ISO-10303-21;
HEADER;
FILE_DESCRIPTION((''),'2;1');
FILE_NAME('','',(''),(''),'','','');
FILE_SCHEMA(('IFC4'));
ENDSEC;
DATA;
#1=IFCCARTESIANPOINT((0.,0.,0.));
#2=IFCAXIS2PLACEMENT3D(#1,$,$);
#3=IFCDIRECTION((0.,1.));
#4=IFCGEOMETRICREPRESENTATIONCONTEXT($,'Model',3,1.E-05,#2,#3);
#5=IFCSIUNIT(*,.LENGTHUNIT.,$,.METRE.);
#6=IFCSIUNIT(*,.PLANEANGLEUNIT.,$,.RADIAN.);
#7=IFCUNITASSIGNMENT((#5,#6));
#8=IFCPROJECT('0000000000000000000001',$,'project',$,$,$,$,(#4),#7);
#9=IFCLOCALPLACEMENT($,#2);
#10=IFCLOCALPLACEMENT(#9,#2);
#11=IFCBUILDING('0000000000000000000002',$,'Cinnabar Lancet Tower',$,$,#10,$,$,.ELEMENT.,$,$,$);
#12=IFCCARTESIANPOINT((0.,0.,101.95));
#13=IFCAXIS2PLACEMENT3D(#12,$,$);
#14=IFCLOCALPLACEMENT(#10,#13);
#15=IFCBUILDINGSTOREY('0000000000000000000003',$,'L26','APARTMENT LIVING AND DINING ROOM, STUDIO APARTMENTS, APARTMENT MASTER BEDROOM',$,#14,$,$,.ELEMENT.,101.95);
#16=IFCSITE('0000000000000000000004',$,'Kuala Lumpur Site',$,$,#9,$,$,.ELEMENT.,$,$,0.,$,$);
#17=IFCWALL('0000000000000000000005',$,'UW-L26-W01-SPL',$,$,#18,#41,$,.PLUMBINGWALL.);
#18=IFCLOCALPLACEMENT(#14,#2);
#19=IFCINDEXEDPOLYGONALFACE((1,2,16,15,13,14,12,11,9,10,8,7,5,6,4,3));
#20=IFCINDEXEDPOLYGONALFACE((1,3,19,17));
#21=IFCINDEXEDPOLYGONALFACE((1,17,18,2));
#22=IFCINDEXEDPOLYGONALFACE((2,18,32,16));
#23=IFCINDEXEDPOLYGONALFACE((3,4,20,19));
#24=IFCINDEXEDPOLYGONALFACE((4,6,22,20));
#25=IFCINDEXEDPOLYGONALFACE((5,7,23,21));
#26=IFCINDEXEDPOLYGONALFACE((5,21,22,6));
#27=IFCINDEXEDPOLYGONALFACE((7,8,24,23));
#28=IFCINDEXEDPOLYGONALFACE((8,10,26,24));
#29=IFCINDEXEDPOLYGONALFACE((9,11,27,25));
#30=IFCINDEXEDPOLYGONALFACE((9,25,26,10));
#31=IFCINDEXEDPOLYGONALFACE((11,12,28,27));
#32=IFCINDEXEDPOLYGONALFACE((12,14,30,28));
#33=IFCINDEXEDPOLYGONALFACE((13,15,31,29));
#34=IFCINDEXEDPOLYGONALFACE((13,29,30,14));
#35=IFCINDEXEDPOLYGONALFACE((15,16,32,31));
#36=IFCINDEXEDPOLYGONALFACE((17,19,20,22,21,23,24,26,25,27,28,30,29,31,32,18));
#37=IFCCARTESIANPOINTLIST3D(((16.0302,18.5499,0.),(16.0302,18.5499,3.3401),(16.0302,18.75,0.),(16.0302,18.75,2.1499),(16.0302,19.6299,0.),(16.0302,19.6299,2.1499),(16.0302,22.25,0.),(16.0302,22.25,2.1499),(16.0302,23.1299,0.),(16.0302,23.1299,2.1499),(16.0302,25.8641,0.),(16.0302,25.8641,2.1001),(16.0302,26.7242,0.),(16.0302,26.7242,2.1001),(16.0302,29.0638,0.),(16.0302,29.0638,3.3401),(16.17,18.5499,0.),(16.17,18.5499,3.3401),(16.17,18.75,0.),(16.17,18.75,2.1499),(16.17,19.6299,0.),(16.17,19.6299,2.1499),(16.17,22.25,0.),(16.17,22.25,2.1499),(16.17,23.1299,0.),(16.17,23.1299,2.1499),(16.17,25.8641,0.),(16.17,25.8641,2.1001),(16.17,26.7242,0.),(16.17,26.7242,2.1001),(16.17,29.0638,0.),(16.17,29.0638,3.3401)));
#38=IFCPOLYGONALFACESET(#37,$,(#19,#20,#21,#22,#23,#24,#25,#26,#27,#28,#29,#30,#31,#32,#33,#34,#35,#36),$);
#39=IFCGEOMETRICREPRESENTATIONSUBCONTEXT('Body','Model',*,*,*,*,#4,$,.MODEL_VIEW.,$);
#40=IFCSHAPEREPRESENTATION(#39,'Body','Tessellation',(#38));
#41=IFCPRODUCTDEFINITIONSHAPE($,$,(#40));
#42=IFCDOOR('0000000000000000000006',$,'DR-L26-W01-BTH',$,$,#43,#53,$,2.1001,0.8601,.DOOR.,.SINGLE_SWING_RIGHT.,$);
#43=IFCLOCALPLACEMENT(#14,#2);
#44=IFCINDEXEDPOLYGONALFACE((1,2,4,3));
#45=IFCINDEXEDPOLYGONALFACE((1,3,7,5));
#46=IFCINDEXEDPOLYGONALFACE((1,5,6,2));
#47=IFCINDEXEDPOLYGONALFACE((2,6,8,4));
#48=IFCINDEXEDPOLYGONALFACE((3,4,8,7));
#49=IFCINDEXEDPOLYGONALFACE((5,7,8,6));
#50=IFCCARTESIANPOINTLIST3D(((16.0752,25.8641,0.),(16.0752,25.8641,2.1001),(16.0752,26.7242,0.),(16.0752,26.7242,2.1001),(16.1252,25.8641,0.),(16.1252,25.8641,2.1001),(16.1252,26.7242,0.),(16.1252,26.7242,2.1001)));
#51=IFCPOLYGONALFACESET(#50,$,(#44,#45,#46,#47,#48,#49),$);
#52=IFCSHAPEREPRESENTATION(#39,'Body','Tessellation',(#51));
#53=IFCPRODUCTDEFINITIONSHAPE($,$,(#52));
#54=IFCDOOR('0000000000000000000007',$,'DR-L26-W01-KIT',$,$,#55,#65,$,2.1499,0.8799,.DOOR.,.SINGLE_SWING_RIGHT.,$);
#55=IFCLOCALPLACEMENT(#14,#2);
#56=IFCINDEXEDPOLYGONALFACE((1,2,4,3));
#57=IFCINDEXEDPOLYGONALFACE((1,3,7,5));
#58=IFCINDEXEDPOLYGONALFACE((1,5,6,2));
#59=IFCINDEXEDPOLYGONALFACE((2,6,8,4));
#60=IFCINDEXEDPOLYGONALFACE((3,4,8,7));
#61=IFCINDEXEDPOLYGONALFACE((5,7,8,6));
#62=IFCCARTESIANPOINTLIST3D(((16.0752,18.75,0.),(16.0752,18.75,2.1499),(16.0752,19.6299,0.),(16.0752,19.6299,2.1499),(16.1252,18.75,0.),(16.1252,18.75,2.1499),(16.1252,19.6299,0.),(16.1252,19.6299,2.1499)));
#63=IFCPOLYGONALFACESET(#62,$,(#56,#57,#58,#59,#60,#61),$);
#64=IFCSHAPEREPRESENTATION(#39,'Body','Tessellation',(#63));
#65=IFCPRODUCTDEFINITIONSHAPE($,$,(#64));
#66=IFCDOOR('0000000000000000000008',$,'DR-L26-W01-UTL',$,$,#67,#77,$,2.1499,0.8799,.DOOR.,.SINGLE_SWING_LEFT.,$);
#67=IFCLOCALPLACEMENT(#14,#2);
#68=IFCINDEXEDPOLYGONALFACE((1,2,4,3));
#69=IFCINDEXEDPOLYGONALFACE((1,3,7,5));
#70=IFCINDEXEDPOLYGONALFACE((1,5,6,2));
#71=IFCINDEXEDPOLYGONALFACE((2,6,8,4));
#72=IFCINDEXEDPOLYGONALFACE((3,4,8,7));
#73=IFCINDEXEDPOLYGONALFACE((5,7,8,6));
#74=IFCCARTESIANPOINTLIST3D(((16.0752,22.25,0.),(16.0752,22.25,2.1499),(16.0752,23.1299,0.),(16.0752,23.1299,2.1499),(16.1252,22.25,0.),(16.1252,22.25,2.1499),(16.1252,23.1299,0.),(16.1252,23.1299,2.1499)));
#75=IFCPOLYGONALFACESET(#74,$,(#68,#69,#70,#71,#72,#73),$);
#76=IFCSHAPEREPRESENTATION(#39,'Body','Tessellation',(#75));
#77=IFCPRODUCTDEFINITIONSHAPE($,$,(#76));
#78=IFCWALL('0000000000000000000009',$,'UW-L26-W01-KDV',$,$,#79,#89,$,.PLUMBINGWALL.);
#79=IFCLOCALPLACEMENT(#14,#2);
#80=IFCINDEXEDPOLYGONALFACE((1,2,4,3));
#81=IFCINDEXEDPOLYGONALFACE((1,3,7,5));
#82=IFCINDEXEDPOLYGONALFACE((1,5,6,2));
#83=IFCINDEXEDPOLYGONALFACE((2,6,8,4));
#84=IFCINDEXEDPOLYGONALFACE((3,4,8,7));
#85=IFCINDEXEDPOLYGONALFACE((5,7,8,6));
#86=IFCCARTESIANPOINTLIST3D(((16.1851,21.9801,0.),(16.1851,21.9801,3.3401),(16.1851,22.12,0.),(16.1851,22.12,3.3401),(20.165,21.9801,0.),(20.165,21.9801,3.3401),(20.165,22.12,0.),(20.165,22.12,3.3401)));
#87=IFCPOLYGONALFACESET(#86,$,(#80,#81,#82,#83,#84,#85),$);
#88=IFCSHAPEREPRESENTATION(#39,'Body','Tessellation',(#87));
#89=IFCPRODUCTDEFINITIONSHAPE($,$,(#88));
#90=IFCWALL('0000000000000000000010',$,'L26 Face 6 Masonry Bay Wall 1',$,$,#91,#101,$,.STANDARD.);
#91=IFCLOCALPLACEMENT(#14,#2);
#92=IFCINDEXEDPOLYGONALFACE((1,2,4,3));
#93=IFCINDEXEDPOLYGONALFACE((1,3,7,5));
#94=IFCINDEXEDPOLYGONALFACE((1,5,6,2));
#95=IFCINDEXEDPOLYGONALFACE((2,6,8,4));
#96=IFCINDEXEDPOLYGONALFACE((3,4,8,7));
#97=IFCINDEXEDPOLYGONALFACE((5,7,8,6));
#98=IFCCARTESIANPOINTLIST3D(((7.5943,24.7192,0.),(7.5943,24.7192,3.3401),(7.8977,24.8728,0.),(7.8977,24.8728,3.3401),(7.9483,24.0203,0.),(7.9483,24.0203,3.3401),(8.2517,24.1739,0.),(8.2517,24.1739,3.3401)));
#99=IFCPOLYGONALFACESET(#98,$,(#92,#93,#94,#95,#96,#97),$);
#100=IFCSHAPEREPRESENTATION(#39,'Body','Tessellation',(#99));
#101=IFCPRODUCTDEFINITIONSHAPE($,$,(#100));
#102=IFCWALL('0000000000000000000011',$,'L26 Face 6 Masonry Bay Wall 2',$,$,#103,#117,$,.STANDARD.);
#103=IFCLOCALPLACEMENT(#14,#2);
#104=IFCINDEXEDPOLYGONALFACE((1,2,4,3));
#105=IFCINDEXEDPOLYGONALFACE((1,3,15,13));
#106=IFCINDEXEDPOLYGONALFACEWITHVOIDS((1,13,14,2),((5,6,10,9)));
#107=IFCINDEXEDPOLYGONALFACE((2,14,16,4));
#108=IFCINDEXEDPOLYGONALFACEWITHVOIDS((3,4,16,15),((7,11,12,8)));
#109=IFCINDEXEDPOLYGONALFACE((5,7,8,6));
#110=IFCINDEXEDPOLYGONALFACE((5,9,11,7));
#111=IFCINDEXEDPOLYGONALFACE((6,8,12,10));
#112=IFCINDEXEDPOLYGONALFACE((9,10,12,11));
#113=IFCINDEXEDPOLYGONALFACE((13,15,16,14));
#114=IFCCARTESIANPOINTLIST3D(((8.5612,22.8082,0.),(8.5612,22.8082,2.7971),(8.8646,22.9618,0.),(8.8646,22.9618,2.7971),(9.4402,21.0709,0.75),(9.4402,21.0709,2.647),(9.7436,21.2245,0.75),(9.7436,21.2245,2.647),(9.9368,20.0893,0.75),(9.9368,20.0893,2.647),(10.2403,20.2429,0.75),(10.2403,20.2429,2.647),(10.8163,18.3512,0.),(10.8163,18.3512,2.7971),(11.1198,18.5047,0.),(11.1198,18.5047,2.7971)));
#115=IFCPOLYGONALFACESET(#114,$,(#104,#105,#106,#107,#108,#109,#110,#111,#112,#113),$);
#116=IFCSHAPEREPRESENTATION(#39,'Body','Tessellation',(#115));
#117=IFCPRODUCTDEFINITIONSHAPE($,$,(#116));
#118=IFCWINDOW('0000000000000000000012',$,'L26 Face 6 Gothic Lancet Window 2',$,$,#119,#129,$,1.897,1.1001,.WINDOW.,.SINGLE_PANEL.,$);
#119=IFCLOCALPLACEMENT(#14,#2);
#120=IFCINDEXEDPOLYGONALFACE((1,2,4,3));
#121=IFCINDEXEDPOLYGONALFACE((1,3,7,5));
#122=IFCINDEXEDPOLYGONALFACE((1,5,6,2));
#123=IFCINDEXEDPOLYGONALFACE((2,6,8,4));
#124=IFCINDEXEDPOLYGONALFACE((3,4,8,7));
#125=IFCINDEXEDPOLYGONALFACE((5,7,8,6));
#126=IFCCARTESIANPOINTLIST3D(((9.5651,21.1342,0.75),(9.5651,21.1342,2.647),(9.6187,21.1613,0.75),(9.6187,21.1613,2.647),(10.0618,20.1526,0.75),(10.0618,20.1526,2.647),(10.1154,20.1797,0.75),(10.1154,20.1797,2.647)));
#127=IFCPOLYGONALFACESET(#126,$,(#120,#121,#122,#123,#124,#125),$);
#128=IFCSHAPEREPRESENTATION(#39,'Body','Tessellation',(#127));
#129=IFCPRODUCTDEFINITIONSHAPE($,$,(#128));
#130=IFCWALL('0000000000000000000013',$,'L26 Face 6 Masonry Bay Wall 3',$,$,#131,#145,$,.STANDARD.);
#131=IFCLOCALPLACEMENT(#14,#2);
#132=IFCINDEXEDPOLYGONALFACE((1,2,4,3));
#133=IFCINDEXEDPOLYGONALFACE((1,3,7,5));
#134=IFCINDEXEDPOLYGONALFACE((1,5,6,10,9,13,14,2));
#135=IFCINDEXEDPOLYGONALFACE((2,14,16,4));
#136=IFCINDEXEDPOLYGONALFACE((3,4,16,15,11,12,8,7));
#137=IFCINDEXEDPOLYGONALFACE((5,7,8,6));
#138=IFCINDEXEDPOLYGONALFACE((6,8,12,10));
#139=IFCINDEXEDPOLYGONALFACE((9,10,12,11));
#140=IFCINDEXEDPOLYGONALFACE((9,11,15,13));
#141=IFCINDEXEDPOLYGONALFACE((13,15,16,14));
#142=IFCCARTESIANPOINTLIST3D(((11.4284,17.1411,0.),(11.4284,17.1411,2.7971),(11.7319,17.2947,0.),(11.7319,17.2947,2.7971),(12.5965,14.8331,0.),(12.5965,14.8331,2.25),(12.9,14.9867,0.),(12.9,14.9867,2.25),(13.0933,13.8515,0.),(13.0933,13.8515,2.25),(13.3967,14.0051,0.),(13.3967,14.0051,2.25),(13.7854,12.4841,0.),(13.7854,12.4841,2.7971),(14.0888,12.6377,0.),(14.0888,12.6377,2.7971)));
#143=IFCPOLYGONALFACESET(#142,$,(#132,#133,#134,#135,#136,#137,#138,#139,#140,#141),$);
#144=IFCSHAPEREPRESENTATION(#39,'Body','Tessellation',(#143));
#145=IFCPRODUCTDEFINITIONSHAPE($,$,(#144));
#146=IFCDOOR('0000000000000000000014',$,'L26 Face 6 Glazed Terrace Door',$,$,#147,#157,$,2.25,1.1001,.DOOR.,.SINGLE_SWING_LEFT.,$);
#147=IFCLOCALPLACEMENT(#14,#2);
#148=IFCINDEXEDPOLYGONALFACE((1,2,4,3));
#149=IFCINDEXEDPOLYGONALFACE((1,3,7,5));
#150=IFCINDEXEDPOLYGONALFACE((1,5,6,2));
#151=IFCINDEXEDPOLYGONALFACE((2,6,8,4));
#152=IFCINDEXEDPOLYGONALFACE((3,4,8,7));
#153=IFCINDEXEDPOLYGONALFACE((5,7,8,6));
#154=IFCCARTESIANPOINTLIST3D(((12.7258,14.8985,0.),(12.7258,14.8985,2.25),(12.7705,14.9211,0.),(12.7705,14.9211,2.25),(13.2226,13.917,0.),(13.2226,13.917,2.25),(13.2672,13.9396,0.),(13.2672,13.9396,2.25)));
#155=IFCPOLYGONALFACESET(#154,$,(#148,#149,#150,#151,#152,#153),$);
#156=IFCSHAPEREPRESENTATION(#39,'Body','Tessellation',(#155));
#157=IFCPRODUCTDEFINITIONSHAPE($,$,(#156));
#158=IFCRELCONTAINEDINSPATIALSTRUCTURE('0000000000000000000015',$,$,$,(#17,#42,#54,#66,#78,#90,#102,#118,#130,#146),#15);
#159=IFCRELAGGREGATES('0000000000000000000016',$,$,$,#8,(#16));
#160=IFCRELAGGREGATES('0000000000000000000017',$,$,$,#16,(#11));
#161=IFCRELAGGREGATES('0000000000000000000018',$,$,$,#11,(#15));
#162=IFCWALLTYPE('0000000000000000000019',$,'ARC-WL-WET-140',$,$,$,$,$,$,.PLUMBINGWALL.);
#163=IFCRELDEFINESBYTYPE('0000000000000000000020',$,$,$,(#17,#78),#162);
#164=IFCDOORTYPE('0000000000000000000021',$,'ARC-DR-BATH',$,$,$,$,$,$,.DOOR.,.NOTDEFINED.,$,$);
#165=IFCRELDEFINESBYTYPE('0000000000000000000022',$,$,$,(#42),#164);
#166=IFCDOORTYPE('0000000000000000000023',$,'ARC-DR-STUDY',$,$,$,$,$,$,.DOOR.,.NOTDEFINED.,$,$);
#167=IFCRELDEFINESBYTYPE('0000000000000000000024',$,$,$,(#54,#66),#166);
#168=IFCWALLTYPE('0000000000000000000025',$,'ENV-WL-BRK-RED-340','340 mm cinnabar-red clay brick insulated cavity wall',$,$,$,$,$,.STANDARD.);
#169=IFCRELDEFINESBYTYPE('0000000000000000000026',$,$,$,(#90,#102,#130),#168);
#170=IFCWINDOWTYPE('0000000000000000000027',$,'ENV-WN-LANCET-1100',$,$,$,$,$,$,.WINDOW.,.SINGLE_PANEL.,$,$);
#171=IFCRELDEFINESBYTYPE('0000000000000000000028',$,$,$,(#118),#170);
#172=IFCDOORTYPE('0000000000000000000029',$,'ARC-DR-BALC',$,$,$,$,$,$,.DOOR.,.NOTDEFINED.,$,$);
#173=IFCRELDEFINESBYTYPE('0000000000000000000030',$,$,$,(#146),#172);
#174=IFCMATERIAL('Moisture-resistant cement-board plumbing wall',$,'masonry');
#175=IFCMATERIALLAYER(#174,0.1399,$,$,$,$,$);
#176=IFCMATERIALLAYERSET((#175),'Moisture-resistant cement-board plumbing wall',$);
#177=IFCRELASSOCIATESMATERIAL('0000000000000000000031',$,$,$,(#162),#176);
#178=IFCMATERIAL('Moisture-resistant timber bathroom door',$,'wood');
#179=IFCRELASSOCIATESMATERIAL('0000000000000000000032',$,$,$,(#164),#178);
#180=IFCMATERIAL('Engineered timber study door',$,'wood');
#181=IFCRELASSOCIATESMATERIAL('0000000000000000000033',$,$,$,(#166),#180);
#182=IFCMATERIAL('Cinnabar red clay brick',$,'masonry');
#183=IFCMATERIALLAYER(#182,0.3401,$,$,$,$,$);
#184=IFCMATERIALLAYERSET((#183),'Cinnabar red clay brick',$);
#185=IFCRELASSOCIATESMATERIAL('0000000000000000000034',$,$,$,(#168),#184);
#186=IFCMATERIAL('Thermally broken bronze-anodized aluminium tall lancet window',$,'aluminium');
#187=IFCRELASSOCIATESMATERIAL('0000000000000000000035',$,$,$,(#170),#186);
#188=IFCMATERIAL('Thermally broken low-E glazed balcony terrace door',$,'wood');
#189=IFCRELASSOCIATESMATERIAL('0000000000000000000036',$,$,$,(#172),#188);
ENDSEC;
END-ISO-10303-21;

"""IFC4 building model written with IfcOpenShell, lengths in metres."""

from ifc_helpers import new_model, si_unit, direction, frame, frame_2d, origin, place, context, subcontext, project, spatial, rectangle, extrude, material, layer, layer_set, type_object, element, fill, save


model = new_model("IFC4")

# Units and contexts
model_context = context("Model", 3, precision=1e-05, world=origin(), true_north=direction((0.0, 1.0)))
body_context = subcontext(model_context, "Body", "Model", "MODEL_VIEW")
ifc_project = project(units=[si_unit("LENGTHUNIT", "METRE"), si_unit("PLANEANGLEUNIT", "RADIAN")], contexts=[model_context])

# Site, building, storey
site_placement = place(None, origin())
site = spatial("IfcSite", under=ifc_project, at=site_placement, Name="Kuala Lumpur Site", CompositionType="ELEMENT", RefElevation=0.0)
building_placement = place(site_placement, origin())
building = spatial("IfcBuilding", under=site, at=building_placement, Name="Cinnabar Lancet Tower", CompositionType="ELEMENT")
storey_placement = place(building_placement, frame((0.0, 0.0, 101.95)))
storey = spatial("IfcBuildingStorey", under=building, at=storey_placement, Name="L26", Description="APARTMENT LIVING AND DINING ROOM, STUDIO APARTMENTS, APARTMENT MASTER BEDROOM", CompositionType="ELEMENT", Elevation=101.95)

# Wall, openings, doors
ifc_material_1 = material(Name="Moisture-resistant cement-board plumbing wall", Category="masonry")
ifc_layer_1 = layer(ifc_material_1, 0.1399)
ifc_layer_set_1 = layer_set([ifc_layer_1], Name="Moisture-resistant cement-board plumbing wall")
wall_type_1 = type_object("IfcWallType", Name="ARC-WL-WET-140", PredefinedType="PLUMBINGWALL", material=ifc_layer_set_1)
wall_1_placement = place(storey_placement, frame((16.1001, 18.55, 0.0), z_axis=(0.0, 0.0, 1.0), x_axis=(0.0, 1.0, 0.0)))
wall_1 = element("IfcWall", 1, at=wall_1_placement, inside=storey, type_object=wall_type_1, Name="UW-L26-W01-SPL", PredefinedType="PLUMBINGWALL", context=body_context, shape_type="SweptSolid", body=[
    extrude(rectangle(XDim=10.5139, YDim=0.1399, at=frame_2d((5.2568, 0.0))), origin(), (0.0, 0.0, 1.0), 3.3401),
])
opening_1_placement = place(wall_1_placement, frame((0.2, 0.0, 0.0)))
opening_1 = element("IfcOpeningElement", 2, at=opening_1_placement, cuts=wall_1, PredefinedType="OPENING", context=body_context, shape_type="SweptSolid", body=[
    extrude(rectangle(XDim=0.8799, YDim=2.1499, at=frame_2d((0.4399, 1.075))), frame((0.0, 0.0798, 0.0), z_axis=(0.0, -1.0, 0.0), x_axis=(1.0, 0.0, 0.0)), (0.0, 0.0, 1.0), 0.1599),
])
opening_2_placement = place(wall_1_placement, frame((3.7, 0.0, 0.0)))
opening_2 = element("IfcOpeningElement", 3, at=opening_2_placement, cuts=wall_1, PredefinedType="OPENING", context=body_context, shape_type="SweptSolid", body=[
    extrude(rectangle(XDim=0.8799, YDim=2.1499, at=frame_2d((0.4399, 1.075))), frame((0.0, 0.0798, 0.0), z_axis=(0.0, -1.0, 0.0), x_axis=(1.0, 0.0, 0.0)), (0.0, 0.0, 1.0), 0.1599),
])
opening_3_placement = place(wall_1_placement, frame((7.314, 0.0, 0.0)))
opening_3 = element("IfcOpeningElement", 4, at=opening_3_placement, cuts=wall_1, PredefinedType="OPENING", context=body_context, shape_type="SweptSolid", body=[
    extrude(rectangle(XDim=0.8601, YDim=2.1001, at=frame_2d((0.4302, 1.05))), frame((0.0, 0.0798, 0.0), z_axis=(0.0, -1.0, 0.0), x_axis=(1.0, 0.0, 0.0)), (0.0, 0.0, 1.0), 0.1599),
])
ifc_material_2 = material(Name="Moisture-resistant timber bathroom door", Category="wood")
door_type_1 = type_object("IfcDoorType", Name="ARC-DR-BATH", OperationType="NOTDEFINED", PredefinedType="DOOR", material=ifc_material_2)
door_1_placement = place(opening_3_placement, origin())
door_1 = element("IfcDoor", 5, at=door_1_placement, inside=storey, type_object=door_type_1, Name="DR-L26-W01-BTH", OperationType="SINGLE_SWING_RIGHT", OverallHeight=2.1001, OverallWidth=0.8601, PredefinedType="DOOR", context=body_context, shape_type="SweptSolid", body=[
    extrude(rectangle(XDim=0.8601, YDim=2.1001, at=frame_2d((0.4302, 1.05))), frame((0.0, 0.0249, 0.0), z_axis=(0.0, -1.0, 0.0), x_axis=(1.0, 0.0, 0.0)), (0.0, 0.0, 1.0), 0.05),
])
fill(opening_3, door_1)
ifc_material_3 = material(Name="Engineered timber study door", Category="wood")
door_type_2 = type_object("IfcDoorType", Name="ARC-DR-STUDY", OperationType="NOTDEFINED", PredefinedType="DOOR", material=ifc_material_3)
door_2_placement = place(opening_1_placement, origin())
door_2 = element("IfcDoor", 6, at=door_2_placement, inside=storey, type_object=door_type_2, Name="DR-L26-W01-KIT", OperationType="SINGLE_SWING_RIGHT", OverallHeight=2.1499, OverallWidth=0.8799, PredefinedType="DOOR", context=body_context, shape_type="SweptSolid", body=[
    extrude(rectangle(XDim=0.8799, YDim=2.1499, at=frame_2d((0.4399, 1.075))), frame((0.0, 0.0249, 0.0), z_axis=(0.0, -1.0, 0.0), x_axis=(1.0, 0.0, 0.0)), (0.0, 0.0, 1.0), 0.05),
])
fill(opening_1, door_2)
door_3_placement = place(opening_2_placement, origin())
door_3 = element("IfcDoor", 7, at=door_3_placement, inside=storey, type_object=door_type_2, Name="DR-L26-W01-UTL", OperationType="SINGLE_SWING_LEFT", OverallHeight=2.1499, OverallWidth=0.8799, PredefinedType="DOOR", context=body_context, shape_type="SweptSolid", body=[
    extrude(rectangle(XDim=0.8799, YDim=2.1499, at=frame_2d((0.4399, 1.075))), frame((0.0, 0.0249, 0.0), z_axis=(0.0, -1.0, 0.0), x_axis=(1.0, 0.0, 0.0)), (0.0, 0.0, 1.0), 0.05),
])
fill(opening_2, door_3)

# Walls
wall_2_placement = place(storey_placement, frame((16.1851, 22.05, 0.0), z_axis=(0.0, 0.0, 1.0), x_axis=(1.0, 0.0, 0.0)))
element("IfcWall", 8, at=wall_2_placement, inside=storey, type_object=wall_type_1, Name="UW-L26-W01-KDV", PredefinedType="PLUMBINGWALL", context=body_context, shape_type="SweptSolid", body=[
    extrude(rectangle(XDim=3.98, YDim=0.1399, at=frame_2d((1.99, 0.0))), origin(), (0.0, 0.0, 1.0), 3.3401),
])
ifc_material_4 = material(Name="Cinnabar red clay brick", Category="masonry")
ifc_layer_2 = layer(ifc_material_4, 0.3401)
ifc_layer_set_2 = layer_set([ifc_layer_2], Name="Cinnabar red clay brick")
wall_type_2 = type_object("IfcWallType", Name="ENV-WL-BRK-RED-340", Description="340 mm cinnabar-red clay brick insulated cavity wall", PredefinedType="STANDARD", material=ifc_layer_set_2)
wall_3_placement = place(storey_placement, frame((7.7461, 24.7959, 0.0), z_axis=(0.0, 0.0, 1.0), x_axis=(0.451819, -0.892109, 0.0)))
element("IfcWall", 9, at=wall_3_placement, inside=storey, type_object=wall_type_2, Name="L26 Face 6 Masonry Bay Wall 1", PredefinedType="STANDARD", context=body_context, shape_type="SweptSolid", body=[
    extrude(rectangle(XDim=0.7834, YDim=0.3401, at=frame_2d((0.3916, 0.0))), origin(), (0.0, 0.0, 1.0), 3.3401),
])

# Wall, opening, window
wall_4_placement = place(storey_placement, frame((8.7129, 22.885, 0.0), z_axis=(0.0, 0.0, 1.0), x_axis=(0.451471, -0.892286, 0.0)))
wall_4 = element("IfcWall", 10, at=wall_4_placement, inside=storey, type_object=wall_type_2, Name="L26 Face 6 Masonry Bay Wall 2", PredefinedType="STANDARD", context=body_context, shape_type="SweptSolid", body=[
    extrude(rectangle(XDim=4.9951, YDim=0.3401, at=frame_2d((2.4976, 0.0))), origin(), (0.0, 0.0, 1.0), 2.7971),
])
opening_4_placement = place(wall_4_placement, frame((1.947, 0.0, 0.75)))
opening_4 = element("IfcOpeningElement", 11, at=opening_4_placement, cuts=wall_4, PredefinedType="OPENING", context=body_context, shape_type="SweptSolid", body=[
    extrude(rectangle(XDim=1.1001, YDim=1.897, at=frame_2d((0.55, 0.9485))), frame((0.0, 0.1799, 0.0), z_axis=(0.0, -1.0, 0.0), x_axis=(1.0, 0.0, 0.0)), (0.0, 0.0, 1.0), 0.3601),
])
ifc_material_5 = material(Name="Thermally broken bronze-anodized aluminium tall lancet window", Category="aluminium")
window_type = type_object("IfcWindowType", Name="ENV-WN-LANCET-1100", PartitioningType="SINGLE_PANEL", PredefinedType="WINDOW", material=ifc_material_5)
window_placement = place(opening_4_placement, origin())
window = element("IfcWindow", 12, at=window_placement, inside=storey, type_object=window_type, Name="L26 Face 6 Gothic Lancet Window 2", OverallHeight=1.897, OverallWidth=1.1001, PartitioningType="SINGLE_PANEL", PredefinedType="WINDOW", context=body_context, shape_type="SweptSolid", body=[
    extrude(rectangle(XDim=1.1001, YDim=1.897, at=frame_2d((0.55, 0.9485))), frame((0.0, 0.03, 0.0), z_axis=(0.0, -1.0, 0.0), x_axis=(1.0, 0.0, 0.0)), (0.0, 0.0, 1.0), 0.0601),
])
fill(opening_4, window)

# Wall, opening, door
wall_5_placement = place(storey_placement, frame((11.5801, 17.218, 0.0), z_axis=(0.0, 0.0, 1.0), x_axis=(0.451568, -0.892237, 0.0)))
wall_5 = element("IfcWall", 13, at=wall_5_placement, inside=storey, type_object=wall_type_2, Name="L26 Face 6 Masonry Bay Wall 3", PredefinedType="STANDARD", context=body_context, shape_type="SweptSolid", body=[
    extrude(rectangle(XDim=5.2195, YDim=0.3401, at=frame_2d((2.6099, 0.0))), origin(), (0.0, 0.0, 1.0), 2.7971),
])
opening_5_placement = place(wall_5_placement, frame((2.5869, 0.0, 0.0)))
opening_5 = element("IfcOpeningElement", 14, at=opening_5_placement, cuts=wall_5, PredefinedType="OPENING", context=body_context, shape_type="SweptSolid", body=[
    extrude(rectangle(XDim=1.1001, YDim=2.25, at=frame_2d((0.55, 1.125))), frame((0.0, 0.1799, 0.0), z_axis=(0.0, -1.0, 0.0), x_axis=(1.0, 0.0, 0.0)), (0.0, 0.0, 1.0), 0.3601),
])
ifc_material_6 = material(Name="Thermally broken low-E glazed balcony terrace door", Category="wood")
door_type_3 = type_object("IfcDoorType", Name="ARC-DR-BALC", OperationType="NOTDEFINED", PredefinedType="DOOR", material=ifc_material_6)
door_4_placement = place(opening_5_placement, origin())
door_4 = element("IfcDoor", 15, at=door_4_placement, inside=storey, type_object=door_type_3, Name="L26 Face 6 Glazed Terrace Door", OperationType="SINGLE_SWING_LEFT", OverallHeight=2.25, OverallWidth=1.1001, PredefinedType="DOOR", context=body_context, shape_type="SweptSolid", body=[
    extrude(rectangle(XDim=1.1001, YDim=2.25, at=frame_2d((0.55, 1.125))), frame((0.0, 0.0249, 0.0), z_axis=(0.0, -1.0, 0.0), x_axis=(1.0, 0.0, 0.0)), (0.0, 0.0, 1.0), 0.05),
])
fill(opening_5, door_4)

save(model, "model.ifc")
